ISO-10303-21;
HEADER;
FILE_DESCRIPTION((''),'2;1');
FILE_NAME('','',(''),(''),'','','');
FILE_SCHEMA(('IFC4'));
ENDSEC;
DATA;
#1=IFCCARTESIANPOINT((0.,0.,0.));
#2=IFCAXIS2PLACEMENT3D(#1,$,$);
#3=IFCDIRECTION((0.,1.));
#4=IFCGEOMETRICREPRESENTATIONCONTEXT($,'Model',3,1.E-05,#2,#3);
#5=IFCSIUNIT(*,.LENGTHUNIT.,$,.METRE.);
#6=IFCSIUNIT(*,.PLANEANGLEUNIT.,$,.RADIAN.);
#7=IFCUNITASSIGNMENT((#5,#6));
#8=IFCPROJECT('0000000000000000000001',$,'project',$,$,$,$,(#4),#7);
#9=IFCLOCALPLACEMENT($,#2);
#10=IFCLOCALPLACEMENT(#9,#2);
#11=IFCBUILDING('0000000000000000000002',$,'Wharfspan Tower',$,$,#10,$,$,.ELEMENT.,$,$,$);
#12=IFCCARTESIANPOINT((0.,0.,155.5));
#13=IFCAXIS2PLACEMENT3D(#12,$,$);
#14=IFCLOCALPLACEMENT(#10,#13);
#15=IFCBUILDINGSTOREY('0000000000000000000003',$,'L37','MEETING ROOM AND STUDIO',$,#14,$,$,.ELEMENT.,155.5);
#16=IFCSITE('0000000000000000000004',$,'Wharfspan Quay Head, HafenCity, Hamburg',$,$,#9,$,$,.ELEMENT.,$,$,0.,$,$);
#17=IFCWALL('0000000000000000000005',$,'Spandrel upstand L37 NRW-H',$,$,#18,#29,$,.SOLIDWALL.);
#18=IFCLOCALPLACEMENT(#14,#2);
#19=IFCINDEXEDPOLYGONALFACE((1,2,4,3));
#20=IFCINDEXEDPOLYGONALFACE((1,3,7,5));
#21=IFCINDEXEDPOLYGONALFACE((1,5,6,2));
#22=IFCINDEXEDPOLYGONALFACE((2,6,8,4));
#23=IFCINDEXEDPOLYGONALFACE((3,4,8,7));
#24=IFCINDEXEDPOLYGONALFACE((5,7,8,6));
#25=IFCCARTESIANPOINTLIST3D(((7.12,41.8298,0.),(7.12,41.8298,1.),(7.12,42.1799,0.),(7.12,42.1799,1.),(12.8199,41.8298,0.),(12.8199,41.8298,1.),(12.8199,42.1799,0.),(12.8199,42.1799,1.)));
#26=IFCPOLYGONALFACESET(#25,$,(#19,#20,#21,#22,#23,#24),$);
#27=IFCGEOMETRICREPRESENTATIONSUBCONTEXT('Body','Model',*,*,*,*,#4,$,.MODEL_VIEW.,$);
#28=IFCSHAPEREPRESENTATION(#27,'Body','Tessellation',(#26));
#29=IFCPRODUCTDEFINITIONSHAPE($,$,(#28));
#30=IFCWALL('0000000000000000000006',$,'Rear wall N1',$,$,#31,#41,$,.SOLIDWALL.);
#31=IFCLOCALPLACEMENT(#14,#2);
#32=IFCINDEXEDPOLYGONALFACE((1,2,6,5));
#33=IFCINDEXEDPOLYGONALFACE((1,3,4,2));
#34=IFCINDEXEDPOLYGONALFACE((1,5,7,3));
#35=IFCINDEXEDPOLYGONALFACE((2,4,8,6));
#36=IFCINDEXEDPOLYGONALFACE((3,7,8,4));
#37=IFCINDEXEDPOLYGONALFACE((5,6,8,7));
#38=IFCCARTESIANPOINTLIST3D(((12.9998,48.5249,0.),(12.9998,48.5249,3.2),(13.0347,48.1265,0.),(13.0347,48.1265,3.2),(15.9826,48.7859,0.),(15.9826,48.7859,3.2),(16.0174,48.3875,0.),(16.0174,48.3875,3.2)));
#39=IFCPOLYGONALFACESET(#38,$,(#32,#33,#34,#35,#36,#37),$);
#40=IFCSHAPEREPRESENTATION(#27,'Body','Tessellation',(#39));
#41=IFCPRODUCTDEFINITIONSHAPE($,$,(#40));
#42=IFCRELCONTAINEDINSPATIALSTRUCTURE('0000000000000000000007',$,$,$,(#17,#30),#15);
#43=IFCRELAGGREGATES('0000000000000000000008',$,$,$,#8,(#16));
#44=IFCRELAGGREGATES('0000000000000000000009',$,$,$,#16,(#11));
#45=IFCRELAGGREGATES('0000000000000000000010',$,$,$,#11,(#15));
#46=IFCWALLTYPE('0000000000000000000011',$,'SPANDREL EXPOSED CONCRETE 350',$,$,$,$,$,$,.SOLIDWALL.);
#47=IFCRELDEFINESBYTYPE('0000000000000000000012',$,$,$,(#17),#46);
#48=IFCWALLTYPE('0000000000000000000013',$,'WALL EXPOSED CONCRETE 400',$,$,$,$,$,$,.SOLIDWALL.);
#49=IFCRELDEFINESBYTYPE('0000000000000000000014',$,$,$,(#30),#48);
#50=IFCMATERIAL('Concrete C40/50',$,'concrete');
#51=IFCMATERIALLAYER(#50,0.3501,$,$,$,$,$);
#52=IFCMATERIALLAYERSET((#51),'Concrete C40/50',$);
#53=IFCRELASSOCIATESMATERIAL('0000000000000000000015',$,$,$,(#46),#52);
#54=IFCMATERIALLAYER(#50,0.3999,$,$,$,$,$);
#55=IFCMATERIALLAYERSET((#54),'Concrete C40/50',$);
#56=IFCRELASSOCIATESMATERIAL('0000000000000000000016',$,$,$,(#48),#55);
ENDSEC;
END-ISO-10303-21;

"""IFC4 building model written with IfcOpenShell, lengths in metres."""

from ifc_helpers import new_model, si_unit, direction, frame, frame_2d, origin, place, context, subcontext, project, spatial, rectangle, extrude, material, layer, layer_set, type_object, element, save


model = new_model("IFC4")

# Units and contexts
model_context = context("Model", 3, precision=1e-05, world=origin(), true_north=direction((0.0, 1.0)))
body_context = subcontext(model_context, "Body", "Model", "MODEL_VIEW")
ifc_project = project(units=[si_unit("LENGTHUNIT", "METRE"), si_unit("PLANEANGLEUNIT", "RADIAN")], contexts=[model_context])

# Site, building, storey
site_placement = place(None, origin())
site = spatial("IfcSite", under=ifc_project, at=site_placement, Name="Wharfspan Quay Head, HafenCity, Hamburg", CompositionType="ELEMENT", RefElevation=0.0)
building_placement = place(site_placement, origin())
building = spatial("IfcBuilding", under=site, at=building_placement, Name="Wharfspan Tower", CompositionType="ELEMENT")
storey_placement = place(building_placement, frame((0.0, 0.0, 155.5)))
storey = spatial("IfcBuildingStorey", under=building, at=storey_placement, Name="L37", Description="MEETING ROOM AND STUDIO", CompositionType="ELEMENT", Elevation=155.5)

# Walls
ifc_material_1 = material(Name="Concrete C40/50", Category="concrete")
ifc_layer_1 = layer(ifc_material_1, 0.3501)
ifc_layer_set_1 = layer_set([ifc_layer_1], Name="Concrete C40/50")
wall_type_1 = type_object("IfcWallType", Name="SPANDREL EXPOSED CONCRETE 350", PredefinedType="SOLIDWALL", material=ifc_layer_set_1)
wall_1_placement = place(storey_placement, frame((12.8201, 42.0049, 0.0), z_axis=(0.0, 0.0, 1.0), x_axis=(-1.0, 0.0, 0.0)))
element("IfcWall", 1, at=wall_1_placement, inside=storey, type_object=wall_type_1, Name="Spandrel upstand L37 NRW-H", PredefinedType="SOLIDWALL", context=body_context, shape_type="SweptSolid", body=[
    extrude(rectangle(XDim=5.7, YDim=0.3501, at=frame_2d((2.8501, 0.0))), origin(), (0.0, 0.0, 1.0), 1.0),
])
ifc_layer_2 = layer(ifc_material_1, 0.3999)
ifc_layer_set_2 = layer_set([ifc_layer_2], Name="Concrete C40/50")
wall_type_2 = type_object("IfcWallType", Name="WALL EXPOSED CONCRETE 400", PredefinedType="SOLIDWALL", material=ifc_layer_set_2)
wall_2_placement = place(storey_placement, frame((16.0, 48.5867, 0.0), z_axis=(0.0, 0.0, 1.0), x_axis=(-0.996194, -0.087168, 0.0)))
element("IfcWall", 2, at=wall_2_placement, inside=storey, type_object=wall_type_2, Name="Rear wall N1", PredefinedType="SOLIDWALL", context=body_context, shape_type="SweptSolid", body=[
    extrude(rectangle(XDim=2.9941, YDim=0.3999, at=frame_2d((1.4971, 0.0))), origin(), (0.0, 0.0, 1.0), 3.2),
])

save(model, "model.ifc")
